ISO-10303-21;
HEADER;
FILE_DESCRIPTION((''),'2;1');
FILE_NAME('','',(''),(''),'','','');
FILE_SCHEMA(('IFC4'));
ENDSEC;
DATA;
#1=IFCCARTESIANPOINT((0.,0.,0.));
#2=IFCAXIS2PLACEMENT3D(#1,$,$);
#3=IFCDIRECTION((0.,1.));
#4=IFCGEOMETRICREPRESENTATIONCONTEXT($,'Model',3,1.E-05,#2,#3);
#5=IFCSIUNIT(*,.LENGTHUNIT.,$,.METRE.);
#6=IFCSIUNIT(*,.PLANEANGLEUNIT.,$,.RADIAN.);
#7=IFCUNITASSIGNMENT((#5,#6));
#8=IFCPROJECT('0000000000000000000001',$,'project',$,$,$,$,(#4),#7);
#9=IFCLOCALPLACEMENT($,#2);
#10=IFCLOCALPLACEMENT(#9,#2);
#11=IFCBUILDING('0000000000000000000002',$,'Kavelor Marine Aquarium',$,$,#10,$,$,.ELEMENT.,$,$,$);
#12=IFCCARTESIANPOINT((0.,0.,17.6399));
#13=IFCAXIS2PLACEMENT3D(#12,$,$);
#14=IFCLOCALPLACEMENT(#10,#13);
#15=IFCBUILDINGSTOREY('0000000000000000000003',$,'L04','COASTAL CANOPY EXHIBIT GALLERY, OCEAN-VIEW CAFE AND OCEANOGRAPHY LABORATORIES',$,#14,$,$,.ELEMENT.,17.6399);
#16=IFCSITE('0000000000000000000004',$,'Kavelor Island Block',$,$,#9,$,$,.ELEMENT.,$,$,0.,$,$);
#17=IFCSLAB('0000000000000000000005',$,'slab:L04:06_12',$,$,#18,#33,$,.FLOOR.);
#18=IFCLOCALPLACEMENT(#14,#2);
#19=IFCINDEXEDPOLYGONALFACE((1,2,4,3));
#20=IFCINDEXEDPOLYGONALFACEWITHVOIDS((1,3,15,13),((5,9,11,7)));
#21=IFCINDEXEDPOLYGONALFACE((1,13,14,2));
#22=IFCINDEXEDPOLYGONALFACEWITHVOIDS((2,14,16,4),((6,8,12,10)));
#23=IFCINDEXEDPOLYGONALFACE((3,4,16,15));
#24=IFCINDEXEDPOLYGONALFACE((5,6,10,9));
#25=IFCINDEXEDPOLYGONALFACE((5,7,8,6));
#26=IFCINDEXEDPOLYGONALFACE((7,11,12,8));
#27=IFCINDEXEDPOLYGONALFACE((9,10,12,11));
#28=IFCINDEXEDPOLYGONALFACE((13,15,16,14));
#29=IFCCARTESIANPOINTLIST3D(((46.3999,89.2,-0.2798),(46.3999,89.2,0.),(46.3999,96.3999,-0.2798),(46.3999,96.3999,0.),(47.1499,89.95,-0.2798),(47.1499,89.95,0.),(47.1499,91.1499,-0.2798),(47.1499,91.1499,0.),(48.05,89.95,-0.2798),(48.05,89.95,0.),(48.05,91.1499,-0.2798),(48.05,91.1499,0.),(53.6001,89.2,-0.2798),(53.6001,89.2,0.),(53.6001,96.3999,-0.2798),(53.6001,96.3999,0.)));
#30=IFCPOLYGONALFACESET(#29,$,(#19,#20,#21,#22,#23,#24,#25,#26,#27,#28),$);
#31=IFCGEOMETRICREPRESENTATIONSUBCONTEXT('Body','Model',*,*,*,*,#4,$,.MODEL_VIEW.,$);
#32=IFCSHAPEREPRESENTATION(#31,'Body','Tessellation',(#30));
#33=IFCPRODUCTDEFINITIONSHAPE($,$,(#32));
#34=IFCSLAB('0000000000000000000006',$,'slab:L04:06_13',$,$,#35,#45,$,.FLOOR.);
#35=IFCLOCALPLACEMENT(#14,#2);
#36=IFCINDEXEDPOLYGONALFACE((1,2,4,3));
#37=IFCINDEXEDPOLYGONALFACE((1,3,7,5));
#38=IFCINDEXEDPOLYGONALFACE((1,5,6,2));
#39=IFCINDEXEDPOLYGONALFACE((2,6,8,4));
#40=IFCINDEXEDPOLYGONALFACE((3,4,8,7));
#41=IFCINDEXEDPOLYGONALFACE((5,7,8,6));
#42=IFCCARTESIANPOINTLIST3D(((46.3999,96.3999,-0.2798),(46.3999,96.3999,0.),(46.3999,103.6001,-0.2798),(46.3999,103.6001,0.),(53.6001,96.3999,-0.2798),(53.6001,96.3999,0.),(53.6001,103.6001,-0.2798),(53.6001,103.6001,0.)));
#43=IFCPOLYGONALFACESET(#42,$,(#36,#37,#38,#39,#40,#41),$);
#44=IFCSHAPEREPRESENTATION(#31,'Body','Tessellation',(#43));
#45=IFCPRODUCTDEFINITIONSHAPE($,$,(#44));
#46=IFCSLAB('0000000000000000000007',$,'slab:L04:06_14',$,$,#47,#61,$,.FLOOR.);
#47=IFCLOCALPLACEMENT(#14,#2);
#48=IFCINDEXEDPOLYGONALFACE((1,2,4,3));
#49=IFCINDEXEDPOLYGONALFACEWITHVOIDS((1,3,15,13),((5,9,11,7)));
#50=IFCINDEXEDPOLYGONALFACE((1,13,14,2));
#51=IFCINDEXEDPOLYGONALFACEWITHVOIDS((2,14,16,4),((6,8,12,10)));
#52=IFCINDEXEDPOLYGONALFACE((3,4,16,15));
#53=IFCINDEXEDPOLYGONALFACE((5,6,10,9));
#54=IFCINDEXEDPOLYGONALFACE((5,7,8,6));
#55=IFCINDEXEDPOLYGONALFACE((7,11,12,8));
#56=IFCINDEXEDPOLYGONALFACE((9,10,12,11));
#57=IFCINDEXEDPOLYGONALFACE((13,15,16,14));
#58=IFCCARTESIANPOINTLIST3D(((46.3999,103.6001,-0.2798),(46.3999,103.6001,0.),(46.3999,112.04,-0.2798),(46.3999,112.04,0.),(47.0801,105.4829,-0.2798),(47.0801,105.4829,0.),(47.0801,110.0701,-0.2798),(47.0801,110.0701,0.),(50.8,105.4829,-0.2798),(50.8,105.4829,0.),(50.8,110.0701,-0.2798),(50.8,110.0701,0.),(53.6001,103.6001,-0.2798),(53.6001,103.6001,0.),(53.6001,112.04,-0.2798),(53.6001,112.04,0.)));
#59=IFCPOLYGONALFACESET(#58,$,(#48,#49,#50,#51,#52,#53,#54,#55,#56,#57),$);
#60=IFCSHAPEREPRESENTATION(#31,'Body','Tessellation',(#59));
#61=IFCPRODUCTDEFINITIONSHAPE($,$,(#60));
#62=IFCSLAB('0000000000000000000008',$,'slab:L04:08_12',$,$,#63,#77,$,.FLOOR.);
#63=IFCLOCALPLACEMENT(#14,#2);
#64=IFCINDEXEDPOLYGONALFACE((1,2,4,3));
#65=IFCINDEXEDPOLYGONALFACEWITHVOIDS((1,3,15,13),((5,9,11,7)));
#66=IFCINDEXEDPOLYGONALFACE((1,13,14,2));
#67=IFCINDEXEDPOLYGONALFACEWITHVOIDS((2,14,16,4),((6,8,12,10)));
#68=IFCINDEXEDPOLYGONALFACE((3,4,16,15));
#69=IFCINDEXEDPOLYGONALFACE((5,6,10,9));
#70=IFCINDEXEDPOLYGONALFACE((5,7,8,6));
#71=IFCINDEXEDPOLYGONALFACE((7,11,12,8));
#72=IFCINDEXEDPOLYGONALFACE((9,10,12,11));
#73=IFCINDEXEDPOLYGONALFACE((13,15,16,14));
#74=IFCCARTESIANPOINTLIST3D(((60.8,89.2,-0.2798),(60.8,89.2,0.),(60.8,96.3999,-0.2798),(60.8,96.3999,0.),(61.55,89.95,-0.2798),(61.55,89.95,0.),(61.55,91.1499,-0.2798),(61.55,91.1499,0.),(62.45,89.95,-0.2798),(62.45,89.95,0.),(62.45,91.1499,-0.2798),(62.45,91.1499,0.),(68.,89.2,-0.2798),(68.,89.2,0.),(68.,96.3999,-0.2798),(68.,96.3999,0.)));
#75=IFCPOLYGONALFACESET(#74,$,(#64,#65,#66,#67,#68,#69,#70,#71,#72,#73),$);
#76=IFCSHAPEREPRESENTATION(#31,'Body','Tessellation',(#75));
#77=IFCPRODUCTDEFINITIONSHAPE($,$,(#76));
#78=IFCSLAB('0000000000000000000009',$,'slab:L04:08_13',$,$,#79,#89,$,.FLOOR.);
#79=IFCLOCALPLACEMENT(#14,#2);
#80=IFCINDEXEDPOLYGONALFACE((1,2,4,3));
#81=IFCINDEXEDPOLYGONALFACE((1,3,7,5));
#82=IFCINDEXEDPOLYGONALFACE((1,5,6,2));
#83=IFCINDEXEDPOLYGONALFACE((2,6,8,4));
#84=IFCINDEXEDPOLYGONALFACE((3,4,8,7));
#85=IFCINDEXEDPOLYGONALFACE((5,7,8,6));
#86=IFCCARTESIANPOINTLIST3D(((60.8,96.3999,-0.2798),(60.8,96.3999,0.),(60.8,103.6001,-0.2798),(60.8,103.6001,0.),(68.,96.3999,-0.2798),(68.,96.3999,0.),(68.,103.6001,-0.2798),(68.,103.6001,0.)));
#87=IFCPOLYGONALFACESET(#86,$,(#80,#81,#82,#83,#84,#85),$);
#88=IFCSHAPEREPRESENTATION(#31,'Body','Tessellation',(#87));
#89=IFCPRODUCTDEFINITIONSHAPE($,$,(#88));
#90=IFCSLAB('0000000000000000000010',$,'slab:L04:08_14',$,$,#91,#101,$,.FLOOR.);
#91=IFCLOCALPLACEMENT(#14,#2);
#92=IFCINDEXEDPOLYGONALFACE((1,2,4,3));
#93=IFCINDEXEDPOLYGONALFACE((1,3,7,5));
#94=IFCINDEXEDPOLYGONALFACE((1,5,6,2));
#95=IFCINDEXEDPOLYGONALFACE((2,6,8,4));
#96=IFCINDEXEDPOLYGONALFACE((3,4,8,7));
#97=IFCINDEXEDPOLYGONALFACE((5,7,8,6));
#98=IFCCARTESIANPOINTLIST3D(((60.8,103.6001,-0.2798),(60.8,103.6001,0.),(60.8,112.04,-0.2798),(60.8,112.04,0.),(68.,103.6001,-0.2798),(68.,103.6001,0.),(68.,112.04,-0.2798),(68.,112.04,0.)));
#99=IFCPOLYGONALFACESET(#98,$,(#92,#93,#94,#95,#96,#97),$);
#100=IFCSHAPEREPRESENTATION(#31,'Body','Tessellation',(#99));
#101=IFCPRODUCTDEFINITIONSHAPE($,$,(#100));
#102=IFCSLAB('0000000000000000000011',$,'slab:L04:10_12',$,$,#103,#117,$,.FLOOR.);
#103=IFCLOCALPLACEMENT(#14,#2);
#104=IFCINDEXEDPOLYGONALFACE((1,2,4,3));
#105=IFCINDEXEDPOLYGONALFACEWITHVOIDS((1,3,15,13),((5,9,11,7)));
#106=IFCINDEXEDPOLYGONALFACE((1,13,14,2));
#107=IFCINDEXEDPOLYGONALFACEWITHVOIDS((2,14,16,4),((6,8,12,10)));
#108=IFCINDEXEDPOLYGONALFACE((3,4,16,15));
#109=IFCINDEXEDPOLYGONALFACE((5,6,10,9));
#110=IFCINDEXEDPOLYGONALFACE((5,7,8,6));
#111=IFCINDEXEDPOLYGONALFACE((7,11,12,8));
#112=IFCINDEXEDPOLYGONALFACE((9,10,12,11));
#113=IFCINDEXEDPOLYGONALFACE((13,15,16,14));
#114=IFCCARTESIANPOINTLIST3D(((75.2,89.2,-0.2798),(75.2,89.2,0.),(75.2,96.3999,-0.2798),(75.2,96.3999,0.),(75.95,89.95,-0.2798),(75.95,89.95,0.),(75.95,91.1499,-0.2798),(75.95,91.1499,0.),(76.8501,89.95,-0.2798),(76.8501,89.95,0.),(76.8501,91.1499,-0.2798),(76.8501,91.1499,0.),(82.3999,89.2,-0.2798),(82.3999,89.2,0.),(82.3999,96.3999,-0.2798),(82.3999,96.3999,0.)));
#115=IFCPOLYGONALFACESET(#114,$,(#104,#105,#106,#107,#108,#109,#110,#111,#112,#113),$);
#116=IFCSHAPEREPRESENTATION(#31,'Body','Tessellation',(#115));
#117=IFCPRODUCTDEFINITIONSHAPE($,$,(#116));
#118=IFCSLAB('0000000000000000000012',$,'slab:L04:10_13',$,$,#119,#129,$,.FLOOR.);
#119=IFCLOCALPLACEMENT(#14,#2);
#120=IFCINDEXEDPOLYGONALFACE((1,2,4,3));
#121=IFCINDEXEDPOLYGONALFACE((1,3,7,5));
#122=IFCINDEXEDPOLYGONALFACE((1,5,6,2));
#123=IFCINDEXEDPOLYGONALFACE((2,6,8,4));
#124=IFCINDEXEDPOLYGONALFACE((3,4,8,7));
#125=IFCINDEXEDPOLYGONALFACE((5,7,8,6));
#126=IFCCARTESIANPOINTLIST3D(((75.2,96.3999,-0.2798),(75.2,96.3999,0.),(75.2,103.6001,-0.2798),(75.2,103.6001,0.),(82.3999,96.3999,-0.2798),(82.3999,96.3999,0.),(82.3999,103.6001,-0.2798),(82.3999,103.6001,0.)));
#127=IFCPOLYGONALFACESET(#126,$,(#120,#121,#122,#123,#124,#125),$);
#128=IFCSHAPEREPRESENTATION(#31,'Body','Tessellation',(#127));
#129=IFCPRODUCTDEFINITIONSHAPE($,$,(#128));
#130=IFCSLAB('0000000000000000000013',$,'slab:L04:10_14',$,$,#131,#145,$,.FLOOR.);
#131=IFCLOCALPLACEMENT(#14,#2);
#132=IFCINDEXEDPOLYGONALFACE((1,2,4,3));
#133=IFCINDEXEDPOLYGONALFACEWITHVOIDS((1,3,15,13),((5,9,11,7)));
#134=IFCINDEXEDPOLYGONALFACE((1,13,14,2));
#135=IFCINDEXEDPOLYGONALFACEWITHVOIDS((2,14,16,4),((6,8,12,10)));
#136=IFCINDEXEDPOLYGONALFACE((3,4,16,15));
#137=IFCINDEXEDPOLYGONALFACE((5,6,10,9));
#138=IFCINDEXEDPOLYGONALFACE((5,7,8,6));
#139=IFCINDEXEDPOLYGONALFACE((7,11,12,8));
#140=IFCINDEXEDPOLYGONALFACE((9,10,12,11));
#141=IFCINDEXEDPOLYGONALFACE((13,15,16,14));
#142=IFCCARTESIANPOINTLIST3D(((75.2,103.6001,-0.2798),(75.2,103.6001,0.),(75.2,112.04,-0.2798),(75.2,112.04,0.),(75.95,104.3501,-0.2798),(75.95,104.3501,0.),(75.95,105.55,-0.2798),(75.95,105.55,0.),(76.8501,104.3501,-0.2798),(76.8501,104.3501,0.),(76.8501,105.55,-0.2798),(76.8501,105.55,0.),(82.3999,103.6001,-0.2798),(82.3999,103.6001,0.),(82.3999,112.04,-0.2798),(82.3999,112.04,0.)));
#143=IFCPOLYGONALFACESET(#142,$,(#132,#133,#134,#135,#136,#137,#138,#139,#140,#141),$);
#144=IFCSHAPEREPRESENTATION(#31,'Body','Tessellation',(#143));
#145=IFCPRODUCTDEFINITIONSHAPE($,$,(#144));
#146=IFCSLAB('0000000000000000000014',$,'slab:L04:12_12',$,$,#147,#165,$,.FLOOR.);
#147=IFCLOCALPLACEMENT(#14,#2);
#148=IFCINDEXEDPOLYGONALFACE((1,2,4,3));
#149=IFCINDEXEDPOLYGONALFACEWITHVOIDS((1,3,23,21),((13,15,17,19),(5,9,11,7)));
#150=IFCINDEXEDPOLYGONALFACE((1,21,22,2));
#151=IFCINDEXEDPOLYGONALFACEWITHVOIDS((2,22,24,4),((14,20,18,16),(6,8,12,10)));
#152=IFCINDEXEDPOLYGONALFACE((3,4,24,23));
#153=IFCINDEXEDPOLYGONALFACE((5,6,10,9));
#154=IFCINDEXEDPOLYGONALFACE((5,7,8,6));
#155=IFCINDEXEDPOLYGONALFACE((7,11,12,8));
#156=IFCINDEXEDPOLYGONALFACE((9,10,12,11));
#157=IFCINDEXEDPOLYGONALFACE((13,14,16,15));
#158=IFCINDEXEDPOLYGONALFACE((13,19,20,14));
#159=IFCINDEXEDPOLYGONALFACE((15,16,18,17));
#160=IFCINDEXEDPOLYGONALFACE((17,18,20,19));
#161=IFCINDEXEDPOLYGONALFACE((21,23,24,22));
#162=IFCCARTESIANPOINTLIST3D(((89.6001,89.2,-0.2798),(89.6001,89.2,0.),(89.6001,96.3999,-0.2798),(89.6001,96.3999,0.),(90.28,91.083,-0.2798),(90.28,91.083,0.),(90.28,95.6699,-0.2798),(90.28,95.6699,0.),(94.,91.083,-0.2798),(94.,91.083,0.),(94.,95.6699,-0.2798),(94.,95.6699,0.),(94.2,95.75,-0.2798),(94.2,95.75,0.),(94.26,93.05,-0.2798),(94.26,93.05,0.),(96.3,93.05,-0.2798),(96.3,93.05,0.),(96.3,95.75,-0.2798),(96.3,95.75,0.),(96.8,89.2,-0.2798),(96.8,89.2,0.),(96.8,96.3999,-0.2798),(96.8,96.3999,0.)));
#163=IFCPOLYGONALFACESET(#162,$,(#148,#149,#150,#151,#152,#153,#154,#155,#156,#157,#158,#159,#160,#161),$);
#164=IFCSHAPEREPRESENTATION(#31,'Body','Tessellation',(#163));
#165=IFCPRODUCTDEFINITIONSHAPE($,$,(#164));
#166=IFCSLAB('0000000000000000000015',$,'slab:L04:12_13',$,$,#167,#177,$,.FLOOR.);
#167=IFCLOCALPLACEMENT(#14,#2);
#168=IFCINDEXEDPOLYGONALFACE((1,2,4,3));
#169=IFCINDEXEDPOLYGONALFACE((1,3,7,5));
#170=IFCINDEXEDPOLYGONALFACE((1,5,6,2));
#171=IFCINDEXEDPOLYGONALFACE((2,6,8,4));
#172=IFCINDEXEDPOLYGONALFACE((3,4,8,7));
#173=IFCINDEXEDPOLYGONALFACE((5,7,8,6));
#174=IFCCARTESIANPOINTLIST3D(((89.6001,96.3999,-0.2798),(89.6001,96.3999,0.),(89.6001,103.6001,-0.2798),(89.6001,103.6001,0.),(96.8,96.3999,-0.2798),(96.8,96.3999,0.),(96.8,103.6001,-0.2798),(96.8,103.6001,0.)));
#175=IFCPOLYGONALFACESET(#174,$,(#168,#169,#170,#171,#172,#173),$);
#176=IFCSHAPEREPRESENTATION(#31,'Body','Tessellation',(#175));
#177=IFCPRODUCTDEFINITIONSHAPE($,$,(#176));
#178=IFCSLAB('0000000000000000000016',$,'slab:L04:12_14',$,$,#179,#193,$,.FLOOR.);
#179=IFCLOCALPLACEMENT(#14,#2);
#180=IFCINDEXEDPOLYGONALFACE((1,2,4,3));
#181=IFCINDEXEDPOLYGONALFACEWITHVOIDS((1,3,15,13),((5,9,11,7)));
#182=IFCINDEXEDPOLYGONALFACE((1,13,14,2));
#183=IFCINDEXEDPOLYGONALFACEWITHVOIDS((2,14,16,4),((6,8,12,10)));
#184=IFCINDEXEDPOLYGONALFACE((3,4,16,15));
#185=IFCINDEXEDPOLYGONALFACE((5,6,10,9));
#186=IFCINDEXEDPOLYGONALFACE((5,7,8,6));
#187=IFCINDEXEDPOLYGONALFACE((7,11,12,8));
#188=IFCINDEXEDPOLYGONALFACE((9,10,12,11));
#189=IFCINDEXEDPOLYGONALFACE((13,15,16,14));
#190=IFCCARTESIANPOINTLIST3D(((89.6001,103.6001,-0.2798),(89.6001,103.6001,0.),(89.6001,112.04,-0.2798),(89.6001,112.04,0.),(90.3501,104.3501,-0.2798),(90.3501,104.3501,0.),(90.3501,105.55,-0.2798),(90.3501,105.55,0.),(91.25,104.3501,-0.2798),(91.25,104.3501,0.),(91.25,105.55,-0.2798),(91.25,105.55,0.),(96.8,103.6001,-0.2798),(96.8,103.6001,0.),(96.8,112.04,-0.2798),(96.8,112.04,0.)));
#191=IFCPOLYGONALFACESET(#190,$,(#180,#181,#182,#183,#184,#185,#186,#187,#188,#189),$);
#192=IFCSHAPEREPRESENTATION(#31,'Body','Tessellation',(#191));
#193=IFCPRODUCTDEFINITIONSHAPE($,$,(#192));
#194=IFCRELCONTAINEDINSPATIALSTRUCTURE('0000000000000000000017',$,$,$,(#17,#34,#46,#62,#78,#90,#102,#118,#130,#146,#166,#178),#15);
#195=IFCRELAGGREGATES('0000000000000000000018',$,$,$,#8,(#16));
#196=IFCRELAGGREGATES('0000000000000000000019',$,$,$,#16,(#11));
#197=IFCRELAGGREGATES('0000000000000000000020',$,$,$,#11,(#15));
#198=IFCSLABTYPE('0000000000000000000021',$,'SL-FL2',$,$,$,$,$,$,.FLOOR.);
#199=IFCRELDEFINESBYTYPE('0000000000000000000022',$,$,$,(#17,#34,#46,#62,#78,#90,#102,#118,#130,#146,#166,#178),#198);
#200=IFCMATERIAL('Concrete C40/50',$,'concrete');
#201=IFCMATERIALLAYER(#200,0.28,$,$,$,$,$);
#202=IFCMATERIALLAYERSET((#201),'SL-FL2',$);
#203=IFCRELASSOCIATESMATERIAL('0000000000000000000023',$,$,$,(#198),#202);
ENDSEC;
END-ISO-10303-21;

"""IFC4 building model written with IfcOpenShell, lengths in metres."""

from ifc_helpers import new_model, si_unit, direction, frame, origin, place, context, subcontext, project, spatial, polyline, outline, extrude, material, layer, layer_set, type_object, element, save


model = new_model("IFC4")

# Units and contexts
model_context = context("Model", 3, precision=1e-05, world=origin(), true_north=direction((0.0, 1.0)))
body_context = subcontext(model_context, "Body", "Model", "MODEL_VIEW")
ifc_project = project(units=[si_unit("LENGTHUNIT", "METRE"), si_unit("PLANEANGLEUNIT", "RADIAN")], contexts=[model_context])

# Site, building, storey
site_placement = place(None, origin())
site = spatial("IfcSite", under=ifc_project, at=site_placement, Name="Kavelor Island Block", CompositionType="ELEMENT", RefElevation=0.0)
building_placement = place(site_placement, origin())
building = spatial("IfcBuilding", under=site, at=building_placement, Name="Kavelor Marine Aquarium", CompositionType="ELEMENT")
storey_placement = place(building_placement, frame((0.0, 0.0, 17.6399)))
storey = spatial("IfcBuildingStorey", under=building, at=storey_placement, Name="L04", Description="COASTAL CANOPY EXHIBIT GALLERY, OCEAN-VIEW CAFE AND OCEANOGRAPHY LABORATORIES", CompositionType="ELEMENT", Elevation=17.6399)

# Slabs
ifc_material_1 = material(Name="Concrete C40/50", Category="concrete")
ifc_layer_1 = layer(ifc_material_1, 0.28)
ifc_layer_set_1 = layer_set([ifc_layer_1], Name="SL-FL2")
slab_type_1 = type_object("IfcSlabType", Name="SL-FL2", PredefinedType="FLOOR", material=ifc_layer_set_1)
slab_1_placement = place(storey_placement, frame((0.0, 0.0, -0.2798)))
element("IfcSlab", 1, at=slab_1_placement, inside=storey, type_object=slab_type_1, Name="slab:L04:06_12", PredefinedType="FLOOR", context=body_context, shape_type="SweptSolid", body=[
    extrude(outline(polyline([(46.3999, 89.2), (53.6001, 89.2), (53.6001, 96.3999), (46.3999, 96.3999), (46.3999, 89.2)]), holes=[polyline([(47.1499, 89.95), (48.05, 89.95), (48.05, 91.1499), (47.1499, 91.1499), (47.1499, 89.95)])]), origin(), (0.0, 0.0, 1.0), 0.2798),
])
slab_2_placement = place(storey_placement, frame((0.0, 0.0, -0.2798)))
element("IfcSlab", 2, at=slab_2_placement, inside=storey, type_object=slab_type_1, Name="slab:L04:06_13", PredefinedType="FLOOR", context=body_context, shape_type="SweptSolid", body=[
    extrude(outline(polyline([(46.3999, 96.3999), (53.6001, 96.3999), (53.6001, 103.6001), (46.3999, 103.6001), (46.3999, 96.3999)])), origin(), (0.0, 0.0, 1.0), 0.2798),
])
slab_3_placement = place(storey_placement, frame((0.0, 0.0, -0.2798)))
element("IfcSlab", 3, at=slab_3_placement, inside=storey, type_object=slab_type_1, Name="slab:L04:06_14", PredefinedType="FLOOR", context=body_context, shape_type="SweptSolid", body=[
    extrude(outline(polyline([(46.3999, 103.6001), (53.6001, 103.6001), (53.6001, 112.04), (46.3999, 112.04), (46.3999, 103.6001)]), holes=[polyline([(47.0801, 105.4829), (50.8, 105.4829), (50.8, 110.0701), (47.0801, 110.0701), (47.0801, 105.4829)])]), origin(), (0.0, 0.0, 1.0), 0.2798),
])
slab_4_placement = place(storey_placement, frame((0.0, 0.0, -0.2798)))
element("IfcSlab", 4, at=slab_4_placement, inside=storey, type_object=slab_type_1, Name="slab:L04:08_12", PredefinedType="FLOOR", context=body_context, shape_type="SweptSolid", body=[
    extrude(outline(polyline([(60.8, 89.2), (68.0, 89.2), (68.0, 96.3999), (60.8, 96.3999), (60.8, 89.2)]), holes=[polyline([(61.55, 89.95), (62.45, 89.95), (62.45, 91.1499), (61.55, 91.1499), (61.55, 89.95)])]), origin(), (0.0, 0.0, 1.0), 0.2798),
])
slab_5_placement = place(storey_placement, frame((0.0, 0.0, -0.2798)))
element("IfcSlab", 5, at=slab_5_placement, inside=storey, type_object=slab_type_1, Name="slab:L04:08_13", PredefinedType="FLOOR", context=body_context, shape_type="SweptSolid", body=[
    extrude(outline(polyline([(60.8, 96.3999), (68.0, 96.3999), (68.0, 103.6001), (60.8, 103.6001), (60.8, 96.3999)])), origin(), (0.0, 0.0, 1.0), 0.2798),
])
slab_6_placement = place(storey_placement, frame((0.0, 0.0, -0.2798)))
element("IfcSlab", 6, at=slab_6_placement, inside=storey, type_object=slab_type_1, Name="slab:L04:08_14", PredefinedType="FLOOR", context=body_context, shape_type="SweptSolid", body=[
    extrude(outline(polyline([(60.8, 103.6001), (68.0, 103.6001), (68.0, 112.04), (60.8, 112.04), (60.8, 103.6001)])), origin(), (0.0, 0.0, 1.0), 0.2798),
])
slab_7_placement = place(storey_placement, frame((0.0, 0.0, -0.2798)))
element("IfcSlab", 7, at=slab_7_placement, inside=storey, type_object=slab_type_1, Name="slab:L04:10_12", PredefinedType="FLOOR", context=body_context, shape_type="SweptSolid", body=[
    extrude(outline(polyline([(75.2, 89.2), (82.3999, 89.2), (82.3999, 96.3999), (75.2, 96.3999), (75.2, 89.2)]), holes=[polyline([(75.95, 89.95), (76.8501, 89.95), (76.8501, 91.1499), (75.95, 91.1499), (75.95, 89.95)])]), origin(), (0.0, 0.0, 1.0), 0.2798),
])
slab_8_placement = place(storey_placement, frame((0.0, 0.0, -0.2798)))
element("IfcSlab", 8, at=slab_8_placement, inside=storey, type_object=slab_type_1, Name="slab:L04:10_13", PredefinedType="FLOOR", context=body_context, shape_type="SweptSolid", body=[
    extrude(outline(polyline([(75.2, 96.3999), (82.3999, 96.3999), (82.3999, 103.6001), (75.2, 103.6001), (75.2, 96.3999)])), origin(), (0.0, 0.0, 1.0), 0.2798),
])
slab_9_placement = place(storey_placement, frame((0.0, 0.0, -0.2798)))
element("IfcSlab", 9, at=slab_9_placement, inside=storey, type_object=slab_type_1, Name="slab:L04:10_14", PredefinedType="FLOOR", context=body_context, shape_type="SweptSolid", body=[
    extrude(outline(polyline([(75.2, 103.6001), (82.3999, 103.6001), (82.3999, 112.04), (75.2, 112.04), (75.2, 103.6001)]), holes=[polyline([(75.95, 104.3501), (76.8501, 104.3501), (76.8501, 105.55), (75.95, 105.55), (75.95, 104.3501)])]), origin(), (0.0, 0.0, 1.0), 0.2798),
])
slab_10_placement = place(storey_placement, frame((0.0, 0.0, -0.2798)))
element("IfcSlab", 10, at=slab_10_placement, inside=storey, type_object=slab_type_1, Name="slab:L04:12_12", PredefinedType="FLOOR", context=body_context, shape_type="SweptSolid", body=[
    extrude(outline(polyline([(89.6001, 89.2), (96.8, 89.2), (96.8, 96.3999), (89.6001, 96.3999), (89.6001, 89.2)]), holes=[polyline([(90.28, 91.083), (94.0, 91.083), (94.0, 95.6699), (90.28, 95.6699), (90.28, 91.083)]), polyline([(94.26, 93.05), (96.3, 93.05), (96.3, 95.75), (94.2, 95.75), (94.26, 93.05)])]), origin(), (0.0, 0.0, 1.0), 0.2798),
])
slab_11_placement = place(storey_placement, frame((0.0, 0.0, -0.2798)))
element("IfcSlab", 11, at=slab_11_placement, inside=storey, type_object=slab_type_1, Name="slab:L04:12_13", PredefinedType="FLOOR", context=body_context, shape_type="SweptSolid", body=[
    extrude(outline(polyline([(89.6001, 96.3999), (96.8, 96.3999), (96.8, 103.6001), (89.6001, 103.6001), (89.6001, 96.3999)])), origin(), (0.0, 0.0, 1.0), 0.2798),
])
slab_12_placement = place(storey_placement, frame((0.0, 0.0, -0.2798)))
element("IfcSlab", 12, at=slab_12_placement, inside=storey, type_object=slab_type_1, Name="slab:L04:12_14", PredefinedType="FLOOR", context=body_context, shape_type="SweptSolid", body=[
    extrude(outline(polyline([(89.6001, 103.6001), (96.8, 103.6001), (96.8, 112.04), (89.6001, 112.04), (89.6001, 103.6001)]), holes=[polyline([(90.3501, 104.3501), (91.25, 104.3501), (91.25, 105.55), (90.3501, 105.55), (90.3501, 104.3501)])]), origin(), (0.0, 0.0, 1.0), 0.2798),
])

save(model, "model.ifc")
